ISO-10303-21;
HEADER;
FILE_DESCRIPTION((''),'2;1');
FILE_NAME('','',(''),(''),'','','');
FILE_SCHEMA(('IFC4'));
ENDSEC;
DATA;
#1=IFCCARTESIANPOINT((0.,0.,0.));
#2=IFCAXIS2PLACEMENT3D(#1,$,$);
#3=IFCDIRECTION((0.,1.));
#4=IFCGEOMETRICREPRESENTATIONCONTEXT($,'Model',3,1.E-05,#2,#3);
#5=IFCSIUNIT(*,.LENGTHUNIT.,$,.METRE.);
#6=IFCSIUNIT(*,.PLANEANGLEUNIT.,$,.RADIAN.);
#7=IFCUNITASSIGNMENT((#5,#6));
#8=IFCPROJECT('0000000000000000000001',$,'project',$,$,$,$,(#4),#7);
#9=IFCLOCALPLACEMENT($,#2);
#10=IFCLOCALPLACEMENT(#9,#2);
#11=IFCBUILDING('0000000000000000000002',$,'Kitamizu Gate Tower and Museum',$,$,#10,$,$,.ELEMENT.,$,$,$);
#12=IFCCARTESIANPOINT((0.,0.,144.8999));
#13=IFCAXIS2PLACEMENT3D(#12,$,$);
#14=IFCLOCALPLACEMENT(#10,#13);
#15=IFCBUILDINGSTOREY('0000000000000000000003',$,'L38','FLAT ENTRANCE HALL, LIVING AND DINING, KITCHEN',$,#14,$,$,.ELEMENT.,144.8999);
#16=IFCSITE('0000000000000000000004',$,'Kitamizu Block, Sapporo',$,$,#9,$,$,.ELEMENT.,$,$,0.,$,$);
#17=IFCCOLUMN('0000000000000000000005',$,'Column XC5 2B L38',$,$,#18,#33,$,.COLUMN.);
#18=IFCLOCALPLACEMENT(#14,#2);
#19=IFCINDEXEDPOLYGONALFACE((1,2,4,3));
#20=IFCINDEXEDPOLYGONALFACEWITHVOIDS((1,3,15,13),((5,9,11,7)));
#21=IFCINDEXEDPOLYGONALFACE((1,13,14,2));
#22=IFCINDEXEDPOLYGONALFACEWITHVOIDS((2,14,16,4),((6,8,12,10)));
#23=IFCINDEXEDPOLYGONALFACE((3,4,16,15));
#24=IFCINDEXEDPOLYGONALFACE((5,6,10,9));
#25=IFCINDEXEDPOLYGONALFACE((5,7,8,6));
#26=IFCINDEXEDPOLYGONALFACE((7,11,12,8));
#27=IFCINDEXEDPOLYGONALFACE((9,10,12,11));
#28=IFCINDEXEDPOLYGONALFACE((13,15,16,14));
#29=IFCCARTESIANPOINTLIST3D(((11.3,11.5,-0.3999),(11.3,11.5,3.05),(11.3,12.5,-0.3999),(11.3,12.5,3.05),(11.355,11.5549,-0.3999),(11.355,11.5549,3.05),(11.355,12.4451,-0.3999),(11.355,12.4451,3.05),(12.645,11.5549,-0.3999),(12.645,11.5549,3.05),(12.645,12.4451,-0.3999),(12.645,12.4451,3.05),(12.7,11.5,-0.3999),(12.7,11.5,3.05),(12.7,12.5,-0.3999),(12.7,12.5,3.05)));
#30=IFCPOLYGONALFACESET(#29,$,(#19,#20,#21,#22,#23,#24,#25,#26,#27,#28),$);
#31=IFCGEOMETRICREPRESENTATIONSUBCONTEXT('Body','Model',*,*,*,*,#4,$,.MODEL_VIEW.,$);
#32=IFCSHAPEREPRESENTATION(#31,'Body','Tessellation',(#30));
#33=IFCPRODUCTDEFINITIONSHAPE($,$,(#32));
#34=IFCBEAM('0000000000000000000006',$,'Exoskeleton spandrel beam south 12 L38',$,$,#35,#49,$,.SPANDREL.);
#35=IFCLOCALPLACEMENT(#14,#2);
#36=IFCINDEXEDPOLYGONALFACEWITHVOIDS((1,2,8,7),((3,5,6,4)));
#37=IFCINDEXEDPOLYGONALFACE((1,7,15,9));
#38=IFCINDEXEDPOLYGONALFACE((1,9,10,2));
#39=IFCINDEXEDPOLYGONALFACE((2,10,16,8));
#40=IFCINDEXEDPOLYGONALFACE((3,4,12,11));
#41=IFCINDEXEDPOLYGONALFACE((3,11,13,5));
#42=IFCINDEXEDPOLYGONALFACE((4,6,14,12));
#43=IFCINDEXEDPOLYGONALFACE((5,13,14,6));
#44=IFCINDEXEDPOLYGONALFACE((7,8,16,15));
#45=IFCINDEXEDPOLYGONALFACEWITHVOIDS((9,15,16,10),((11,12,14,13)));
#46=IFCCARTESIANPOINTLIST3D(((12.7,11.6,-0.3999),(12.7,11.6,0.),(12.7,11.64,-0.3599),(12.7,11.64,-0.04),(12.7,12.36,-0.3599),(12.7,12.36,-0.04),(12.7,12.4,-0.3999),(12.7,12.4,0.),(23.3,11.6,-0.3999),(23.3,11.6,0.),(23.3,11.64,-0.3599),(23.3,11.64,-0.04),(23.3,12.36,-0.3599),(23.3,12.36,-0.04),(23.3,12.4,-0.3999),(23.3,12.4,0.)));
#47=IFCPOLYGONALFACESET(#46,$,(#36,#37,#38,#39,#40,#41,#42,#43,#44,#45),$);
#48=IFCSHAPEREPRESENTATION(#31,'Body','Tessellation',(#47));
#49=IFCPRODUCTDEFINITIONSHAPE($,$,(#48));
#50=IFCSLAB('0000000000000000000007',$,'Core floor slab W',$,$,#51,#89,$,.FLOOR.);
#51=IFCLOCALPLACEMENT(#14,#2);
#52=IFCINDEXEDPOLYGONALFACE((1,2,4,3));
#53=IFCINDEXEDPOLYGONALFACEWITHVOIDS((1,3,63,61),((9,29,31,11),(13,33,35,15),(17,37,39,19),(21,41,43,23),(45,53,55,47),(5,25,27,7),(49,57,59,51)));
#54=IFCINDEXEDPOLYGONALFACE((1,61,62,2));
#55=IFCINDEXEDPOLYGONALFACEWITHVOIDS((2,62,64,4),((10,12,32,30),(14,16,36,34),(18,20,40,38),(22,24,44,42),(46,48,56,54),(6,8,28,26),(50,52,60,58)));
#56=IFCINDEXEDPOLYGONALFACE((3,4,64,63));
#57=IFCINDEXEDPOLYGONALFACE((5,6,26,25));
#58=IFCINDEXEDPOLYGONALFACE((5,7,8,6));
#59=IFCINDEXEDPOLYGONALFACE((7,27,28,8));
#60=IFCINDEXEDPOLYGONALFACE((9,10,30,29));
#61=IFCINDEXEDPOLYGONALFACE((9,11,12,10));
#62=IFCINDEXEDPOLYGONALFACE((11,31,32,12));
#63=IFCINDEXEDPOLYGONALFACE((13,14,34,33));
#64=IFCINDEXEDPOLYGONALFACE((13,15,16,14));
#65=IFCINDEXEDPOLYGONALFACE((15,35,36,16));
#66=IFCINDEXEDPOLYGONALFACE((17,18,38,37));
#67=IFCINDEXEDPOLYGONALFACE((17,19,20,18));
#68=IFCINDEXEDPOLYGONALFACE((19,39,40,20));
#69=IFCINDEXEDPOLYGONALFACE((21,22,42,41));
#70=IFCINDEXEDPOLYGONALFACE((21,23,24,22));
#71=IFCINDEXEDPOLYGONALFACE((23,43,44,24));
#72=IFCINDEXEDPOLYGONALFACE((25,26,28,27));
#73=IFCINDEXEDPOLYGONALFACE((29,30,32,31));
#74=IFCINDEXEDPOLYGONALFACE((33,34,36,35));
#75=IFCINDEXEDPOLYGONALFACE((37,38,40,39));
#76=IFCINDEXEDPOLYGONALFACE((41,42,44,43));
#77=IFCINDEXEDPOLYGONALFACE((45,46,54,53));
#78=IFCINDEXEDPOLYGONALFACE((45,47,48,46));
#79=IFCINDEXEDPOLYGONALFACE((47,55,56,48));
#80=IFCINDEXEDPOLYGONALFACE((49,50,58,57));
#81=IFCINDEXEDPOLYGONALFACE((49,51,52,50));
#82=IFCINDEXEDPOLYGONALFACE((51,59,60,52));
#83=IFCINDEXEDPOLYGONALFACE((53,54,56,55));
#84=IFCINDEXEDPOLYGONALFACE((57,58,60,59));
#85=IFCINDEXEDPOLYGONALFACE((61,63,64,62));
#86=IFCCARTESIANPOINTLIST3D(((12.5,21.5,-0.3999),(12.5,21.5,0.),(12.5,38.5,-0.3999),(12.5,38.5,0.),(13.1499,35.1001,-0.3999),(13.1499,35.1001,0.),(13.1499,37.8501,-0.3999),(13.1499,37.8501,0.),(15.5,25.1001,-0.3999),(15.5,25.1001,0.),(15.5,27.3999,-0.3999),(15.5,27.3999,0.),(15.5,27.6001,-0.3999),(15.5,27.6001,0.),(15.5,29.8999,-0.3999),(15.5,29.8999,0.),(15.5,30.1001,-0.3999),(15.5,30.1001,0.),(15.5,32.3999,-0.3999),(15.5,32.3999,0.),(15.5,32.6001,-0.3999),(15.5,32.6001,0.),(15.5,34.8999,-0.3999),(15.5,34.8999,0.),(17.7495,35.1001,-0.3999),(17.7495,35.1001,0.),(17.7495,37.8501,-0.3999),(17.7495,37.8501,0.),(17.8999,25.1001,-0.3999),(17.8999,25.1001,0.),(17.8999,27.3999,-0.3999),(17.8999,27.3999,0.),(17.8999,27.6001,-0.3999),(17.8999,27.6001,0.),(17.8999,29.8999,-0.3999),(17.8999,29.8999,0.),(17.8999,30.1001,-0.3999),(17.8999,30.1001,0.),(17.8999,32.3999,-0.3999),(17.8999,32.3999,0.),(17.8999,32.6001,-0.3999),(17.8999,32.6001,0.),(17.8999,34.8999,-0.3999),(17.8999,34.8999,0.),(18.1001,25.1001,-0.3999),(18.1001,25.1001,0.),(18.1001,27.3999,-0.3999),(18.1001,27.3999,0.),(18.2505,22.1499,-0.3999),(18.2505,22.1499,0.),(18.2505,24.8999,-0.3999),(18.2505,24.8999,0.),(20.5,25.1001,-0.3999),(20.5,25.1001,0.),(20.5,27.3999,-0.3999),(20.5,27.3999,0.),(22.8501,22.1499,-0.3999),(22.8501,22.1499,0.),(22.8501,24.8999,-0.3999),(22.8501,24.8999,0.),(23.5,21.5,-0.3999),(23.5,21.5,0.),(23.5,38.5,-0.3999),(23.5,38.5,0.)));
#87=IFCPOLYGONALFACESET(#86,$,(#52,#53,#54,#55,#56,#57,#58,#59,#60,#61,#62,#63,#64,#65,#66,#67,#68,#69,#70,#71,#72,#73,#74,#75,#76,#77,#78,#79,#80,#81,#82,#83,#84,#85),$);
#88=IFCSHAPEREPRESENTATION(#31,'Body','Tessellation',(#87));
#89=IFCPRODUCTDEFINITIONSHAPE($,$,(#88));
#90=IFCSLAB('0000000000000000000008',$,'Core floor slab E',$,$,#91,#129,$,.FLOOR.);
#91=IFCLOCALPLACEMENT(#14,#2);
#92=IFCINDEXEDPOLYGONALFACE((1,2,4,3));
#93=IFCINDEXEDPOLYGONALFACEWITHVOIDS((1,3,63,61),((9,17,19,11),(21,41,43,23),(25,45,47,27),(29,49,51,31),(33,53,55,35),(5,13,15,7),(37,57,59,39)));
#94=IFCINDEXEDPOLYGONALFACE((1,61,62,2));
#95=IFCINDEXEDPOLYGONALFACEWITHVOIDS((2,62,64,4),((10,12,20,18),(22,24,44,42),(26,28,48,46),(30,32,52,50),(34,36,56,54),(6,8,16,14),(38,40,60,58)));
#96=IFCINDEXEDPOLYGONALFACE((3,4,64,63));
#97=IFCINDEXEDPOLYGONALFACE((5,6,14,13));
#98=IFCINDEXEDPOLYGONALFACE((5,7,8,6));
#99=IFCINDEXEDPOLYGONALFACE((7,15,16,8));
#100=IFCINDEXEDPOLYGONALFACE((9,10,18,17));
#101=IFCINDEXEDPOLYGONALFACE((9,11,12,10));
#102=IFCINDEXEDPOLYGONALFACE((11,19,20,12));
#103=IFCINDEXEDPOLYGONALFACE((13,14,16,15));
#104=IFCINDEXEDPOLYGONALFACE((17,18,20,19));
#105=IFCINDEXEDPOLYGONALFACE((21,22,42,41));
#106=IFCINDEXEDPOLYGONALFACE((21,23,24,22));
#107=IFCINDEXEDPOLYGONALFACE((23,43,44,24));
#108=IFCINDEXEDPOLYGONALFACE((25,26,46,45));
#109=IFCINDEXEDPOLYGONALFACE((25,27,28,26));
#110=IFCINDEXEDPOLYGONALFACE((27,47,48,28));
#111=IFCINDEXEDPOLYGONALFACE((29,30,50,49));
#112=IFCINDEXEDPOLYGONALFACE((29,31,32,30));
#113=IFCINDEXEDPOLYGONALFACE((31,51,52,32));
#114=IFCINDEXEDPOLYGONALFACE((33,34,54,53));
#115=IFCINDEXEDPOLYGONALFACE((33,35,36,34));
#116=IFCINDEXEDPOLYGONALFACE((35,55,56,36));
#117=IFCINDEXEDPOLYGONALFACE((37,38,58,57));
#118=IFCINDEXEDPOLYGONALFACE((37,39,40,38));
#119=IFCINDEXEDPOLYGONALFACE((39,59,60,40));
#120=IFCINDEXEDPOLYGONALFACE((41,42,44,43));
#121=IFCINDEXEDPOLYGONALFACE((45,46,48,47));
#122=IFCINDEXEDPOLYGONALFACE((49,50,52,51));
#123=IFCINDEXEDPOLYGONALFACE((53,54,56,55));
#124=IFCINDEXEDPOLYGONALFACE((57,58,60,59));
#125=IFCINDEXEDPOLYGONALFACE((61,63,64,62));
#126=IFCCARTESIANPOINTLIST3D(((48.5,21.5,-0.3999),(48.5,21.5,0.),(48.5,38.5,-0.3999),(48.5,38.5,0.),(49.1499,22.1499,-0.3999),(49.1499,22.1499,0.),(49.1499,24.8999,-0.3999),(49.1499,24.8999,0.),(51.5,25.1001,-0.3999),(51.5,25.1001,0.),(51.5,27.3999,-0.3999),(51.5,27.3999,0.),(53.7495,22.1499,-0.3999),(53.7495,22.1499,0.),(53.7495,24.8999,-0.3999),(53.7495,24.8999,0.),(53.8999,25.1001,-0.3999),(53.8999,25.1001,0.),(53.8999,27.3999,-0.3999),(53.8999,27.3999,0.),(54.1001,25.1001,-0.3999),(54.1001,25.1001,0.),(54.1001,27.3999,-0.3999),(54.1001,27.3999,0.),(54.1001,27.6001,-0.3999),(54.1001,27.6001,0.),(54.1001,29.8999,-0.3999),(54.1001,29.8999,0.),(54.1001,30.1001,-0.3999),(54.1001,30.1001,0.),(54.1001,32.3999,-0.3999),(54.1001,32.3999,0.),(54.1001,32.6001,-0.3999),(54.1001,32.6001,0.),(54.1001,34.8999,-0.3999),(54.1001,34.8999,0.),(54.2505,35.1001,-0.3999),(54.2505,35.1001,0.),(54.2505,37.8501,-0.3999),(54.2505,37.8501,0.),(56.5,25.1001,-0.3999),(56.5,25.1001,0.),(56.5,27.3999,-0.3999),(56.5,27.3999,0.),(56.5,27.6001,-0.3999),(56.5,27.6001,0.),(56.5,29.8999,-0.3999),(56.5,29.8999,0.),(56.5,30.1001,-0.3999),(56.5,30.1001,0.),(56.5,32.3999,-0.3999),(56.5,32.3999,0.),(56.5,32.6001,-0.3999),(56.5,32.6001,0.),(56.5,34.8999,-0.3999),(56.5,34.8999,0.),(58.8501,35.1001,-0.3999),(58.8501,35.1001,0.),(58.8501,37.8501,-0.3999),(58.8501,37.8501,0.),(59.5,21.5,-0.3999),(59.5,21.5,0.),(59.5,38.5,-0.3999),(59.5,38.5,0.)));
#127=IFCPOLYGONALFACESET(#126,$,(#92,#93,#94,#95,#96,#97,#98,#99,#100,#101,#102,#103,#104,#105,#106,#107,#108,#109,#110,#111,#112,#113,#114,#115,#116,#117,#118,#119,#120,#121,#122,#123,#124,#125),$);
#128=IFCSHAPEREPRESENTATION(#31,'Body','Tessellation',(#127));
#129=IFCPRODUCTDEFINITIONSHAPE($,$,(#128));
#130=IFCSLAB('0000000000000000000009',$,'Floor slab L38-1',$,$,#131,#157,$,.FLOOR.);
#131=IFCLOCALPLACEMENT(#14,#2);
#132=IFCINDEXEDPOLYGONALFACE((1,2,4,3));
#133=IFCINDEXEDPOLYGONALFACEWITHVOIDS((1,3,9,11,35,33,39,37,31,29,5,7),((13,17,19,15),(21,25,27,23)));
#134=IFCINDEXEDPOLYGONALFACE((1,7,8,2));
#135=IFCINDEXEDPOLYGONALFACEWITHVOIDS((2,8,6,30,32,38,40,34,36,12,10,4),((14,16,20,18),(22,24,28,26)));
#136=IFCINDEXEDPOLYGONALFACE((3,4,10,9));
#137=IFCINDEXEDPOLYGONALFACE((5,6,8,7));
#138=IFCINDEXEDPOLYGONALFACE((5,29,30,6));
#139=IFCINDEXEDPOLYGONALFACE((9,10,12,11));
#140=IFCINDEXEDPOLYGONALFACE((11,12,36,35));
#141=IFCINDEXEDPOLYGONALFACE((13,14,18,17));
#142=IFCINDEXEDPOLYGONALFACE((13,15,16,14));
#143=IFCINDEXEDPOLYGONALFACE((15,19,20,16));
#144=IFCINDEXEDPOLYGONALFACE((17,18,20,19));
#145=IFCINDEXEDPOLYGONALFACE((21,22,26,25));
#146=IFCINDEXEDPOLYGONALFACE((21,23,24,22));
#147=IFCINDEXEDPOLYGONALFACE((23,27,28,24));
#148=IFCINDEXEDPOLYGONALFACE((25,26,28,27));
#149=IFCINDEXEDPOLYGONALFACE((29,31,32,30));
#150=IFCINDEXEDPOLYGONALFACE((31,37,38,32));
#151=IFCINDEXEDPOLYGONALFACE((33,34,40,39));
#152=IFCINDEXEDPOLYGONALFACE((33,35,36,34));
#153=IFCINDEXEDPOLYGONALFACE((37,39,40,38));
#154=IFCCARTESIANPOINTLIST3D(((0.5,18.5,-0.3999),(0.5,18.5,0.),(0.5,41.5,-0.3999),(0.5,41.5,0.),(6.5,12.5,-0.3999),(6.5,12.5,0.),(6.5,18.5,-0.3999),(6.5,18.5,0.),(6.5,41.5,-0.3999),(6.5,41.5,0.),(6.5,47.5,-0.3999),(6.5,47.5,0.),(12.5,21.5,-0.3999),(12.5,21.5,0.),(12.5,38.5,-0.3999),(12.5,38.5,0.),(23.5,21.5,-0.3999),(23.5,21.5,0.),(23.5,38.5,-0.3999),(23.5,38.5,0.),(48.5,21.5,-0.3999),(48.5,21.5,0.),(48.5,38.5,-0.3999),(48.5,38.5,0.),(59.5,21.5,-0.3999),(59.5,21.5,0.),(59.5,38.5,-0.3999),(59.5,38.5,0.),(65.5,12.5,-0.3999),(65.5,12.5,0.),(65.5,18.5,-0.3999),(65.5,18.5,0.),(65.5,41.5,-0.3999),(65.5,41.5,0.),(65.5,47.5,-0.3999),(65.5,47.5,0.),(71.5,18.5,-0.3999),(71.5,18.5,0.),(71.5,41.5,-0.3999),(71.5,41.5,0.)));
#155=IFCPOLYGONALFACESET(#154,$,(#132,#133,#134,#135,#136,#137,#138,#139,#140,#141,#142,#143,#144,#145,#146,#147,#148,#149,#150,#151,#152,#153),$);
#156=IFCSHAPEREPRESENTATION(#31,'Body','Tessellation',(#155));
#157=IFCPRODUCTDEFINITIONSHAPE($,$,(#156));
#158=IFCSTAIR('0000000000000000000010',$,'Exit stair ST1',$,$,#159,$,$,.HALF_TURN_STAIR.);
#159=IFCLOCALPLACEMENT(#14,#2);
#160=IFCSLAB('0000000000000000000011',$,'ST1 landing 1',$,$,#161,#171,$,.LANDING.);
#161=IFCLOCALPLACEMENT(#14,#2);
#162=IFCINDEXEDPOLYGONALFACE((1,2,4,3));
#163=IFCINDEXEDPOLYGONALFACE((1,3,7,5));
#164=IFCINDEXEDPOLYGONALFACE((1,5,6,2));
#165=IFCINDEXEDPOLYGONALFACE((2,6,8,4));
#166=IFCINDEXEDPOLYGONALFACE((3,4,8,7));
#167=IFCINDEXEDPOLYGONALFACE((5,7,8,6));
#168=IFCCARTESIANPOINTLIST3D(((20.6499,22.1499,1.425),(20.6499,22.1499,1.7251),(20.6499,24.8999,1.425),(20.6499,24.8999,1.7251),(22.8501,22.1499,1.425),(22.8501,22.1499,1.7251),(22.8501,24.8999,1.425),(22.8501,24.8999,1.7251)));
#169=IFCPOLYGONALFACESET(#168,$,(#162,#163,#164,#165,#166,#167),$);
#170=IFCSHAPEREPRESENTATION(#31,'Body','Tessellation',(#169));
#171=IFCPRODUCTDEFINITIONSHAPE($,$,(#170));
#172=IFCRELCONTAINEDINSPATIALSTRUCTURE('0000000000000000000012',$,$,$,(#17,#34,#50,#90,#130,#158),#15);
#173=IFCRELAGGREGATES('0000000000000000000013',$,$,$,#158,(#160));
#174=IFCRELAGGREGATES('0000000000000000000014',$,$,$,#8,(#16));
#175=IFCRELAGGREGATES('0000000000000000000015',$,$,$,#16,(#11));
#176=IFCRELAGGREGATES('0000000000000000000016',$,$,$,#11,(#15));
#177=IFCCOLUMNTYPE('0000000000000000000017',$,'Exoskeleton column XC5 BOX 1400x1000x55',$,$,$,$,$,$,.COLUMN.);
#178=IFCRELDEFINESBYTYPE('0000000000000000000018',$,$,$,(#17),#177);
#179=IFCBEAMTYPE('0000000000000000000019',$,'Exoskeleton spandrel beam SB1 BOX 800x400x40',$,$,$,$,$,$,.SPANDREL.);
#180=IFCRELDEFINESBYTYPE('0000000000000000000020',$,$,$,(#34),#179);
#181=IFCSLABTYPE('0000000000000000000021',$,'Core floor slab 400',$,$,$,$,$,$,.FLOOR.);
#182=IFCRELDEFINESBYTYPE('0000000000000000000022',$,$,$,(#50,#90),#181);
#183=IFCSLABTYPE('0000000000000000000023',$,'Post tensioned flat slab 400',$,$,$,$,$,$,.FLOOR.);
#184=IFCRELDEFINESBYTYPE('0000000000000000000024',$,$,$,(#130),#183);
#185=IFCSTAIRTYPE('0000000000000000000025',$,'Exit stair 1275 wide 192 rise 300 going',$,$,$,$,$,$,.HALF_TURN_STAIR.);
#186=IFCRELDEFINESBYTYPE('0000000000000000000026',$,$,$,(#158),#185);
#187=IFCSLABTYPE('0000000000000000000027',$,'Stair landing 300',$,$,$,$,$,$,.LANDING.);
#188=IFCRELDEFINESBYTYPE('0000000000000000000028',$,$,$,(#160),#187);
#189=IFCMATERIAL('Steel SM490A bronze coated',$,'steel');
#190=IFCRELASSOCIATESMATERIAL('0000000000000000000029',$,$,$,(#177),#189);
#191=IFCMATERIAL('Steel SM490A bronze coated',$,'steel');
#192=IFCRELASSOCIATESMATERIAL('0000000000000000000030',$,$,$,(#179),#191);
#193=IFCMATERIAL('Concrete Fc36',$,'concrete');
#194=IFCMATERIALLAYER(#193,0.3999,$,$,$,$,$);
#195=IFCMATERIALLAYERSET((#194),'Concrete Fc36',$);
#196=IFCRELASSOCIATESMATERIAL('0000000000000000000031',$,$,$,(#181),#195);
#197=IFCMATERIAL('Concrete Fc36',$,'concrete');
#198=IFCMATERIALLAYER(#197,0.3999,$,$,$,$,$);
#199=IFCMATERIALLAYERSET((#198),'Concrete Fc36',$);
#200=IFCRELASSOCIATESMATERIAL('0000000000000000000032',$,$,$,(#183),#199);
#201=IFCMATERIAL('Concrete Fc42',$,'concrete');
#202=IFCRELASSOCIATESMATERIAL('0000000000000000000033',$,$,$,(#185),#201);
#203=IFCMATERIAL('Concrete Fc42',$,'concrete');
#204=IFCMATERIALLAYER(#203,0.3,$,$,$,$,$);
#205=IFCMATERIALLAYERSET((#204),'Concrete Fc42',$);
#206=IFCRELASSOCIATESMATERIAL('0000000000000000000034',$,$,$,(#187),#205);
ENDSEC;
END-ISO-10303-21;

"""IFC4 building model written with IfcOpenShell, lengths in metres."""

from ifc_helpers import new_model, si_unit, direction, frame, origin, origin_2d, place, context, subcontext, project, spatial, polyline, hollow_rectangle, outline, extrude, material, layer, layer_set, material_profile, profile_set, type_object, element, aggregate, save


model = new_model("IFC4")

# Units and contexts
model_context = context("Model", 3, precision=1e-05, world=origin(), true_north=direction((0.0, 1.0)))
body_context = subcontext(model_context, "Body", "Model", "MODEL_VIEW")
ifc_project = project(units=[si_unit("LENGTHUNIT", "METRE"), si_unit("PLANEANGLEUNIT", "RADIAN")], contexts=[model_context])

# Site, building, storey
site_placement = place(None, origin())
site = spatial("IfcSite", under=ifc_project, at=site_placement, Name="Kitamizu Block, Sapporo", CompositionType="ELEMENT", RefElevation=0.0)
building_placement = place(site_placement, origin())
building = spatial("IfcBuilding", under=site, at=building_placement, Name="Kitamizu Gate Tower and Museum", CompositionType="ELEMENT")
storey_placement = place(building_placement, frame((0.0, 0.0, 144.8999)))
storey = spatial("IfcBuildingStorey", under=building, at=storey_placement, Name="L38", Description="FLAT ENTRANCE HALL, LIVING AND DINING, KITCHEN", CompositionType="ELEMENT", Elevation=144.8999)

# Column
ifc_material_1 = material(Name="Steel SM490A bronze coated", Category="steel")
ifc_material_profile_1 = material_profile(ifc_material_1, hollow_rectangle(XDim=1.3999, YDim=1.0, WallThickness=0.0549, at=origin_2d()), Name="BOX 1400x1000x55")
ifc_profile_set_1 = profile_set([ifc_material_profile_1], Name="Steel SM490A bronze coated")
column_type = type_object("IfcColumnType", Name="Exoskeleton column XC5 BOX 1400x1000x55", PredefinedType="COLUMN", material=ifc_profile_set_1)
column_placement = place(storey_placement, frame((12.0, 12.0, -0.3999), z_axis=(0.0, 0.0, 1.0), x_axis=(1.0, 0.0, 0.0)))
element("IfcColumn", 1, at=column_placement, inside=storey, type_object=column_type, Name="Column XC5 2B L38", PredefinedType="COLUMN", context=body_context, shape_type="SweptSolid", body=[
    extrude(hollow_rectangle(XDim=1.3999, YDim=1.0, WallThickness=0.0549, at=origin_2d()), origin(), (0.0, 0.0, 1.0), 3.45),
])

# Beam
ifc_material_2 = material(Name="Steel SM490A bronze coated", Category="steel")
ifc_material_profile_2 = material_profile(ifc_material_2, hollow_rectangle(XDim=0.8, YDim=0.3999, WallThickness=0.04, at=origin_2d()), Name="BOX 800x400x40")
ifc_profile_set_2 = profile_set([ifc_material_profile_2], Name="Steel SM490A bronze coated")
beam_type = type_object("IfcBeamType", Name="Exoskeleton spandrel beam SB1 BOX 800x400x40", PredefinedType="SPANDREL", material=ifc_profile_set_2)
beam_placement = place(storey_placement, frame((12.7, 12.0, -0.2), z_axis=(1.0, 0.0, 0.0), x_axis=(0.0, 1.0, 0.0)))
element("IfcBeam", 2, at=beam_placement, inside=storey, type_object=beam_type, Name="Exoskeleton spandrel beam south 12 L38", PredefinedType="SPANDREL", context=body_context, shape_type="SweptSolid", body=[
    extrude(hollow_rectangle(XDim=0.8, YDim=0.3999, WallThickness=0.04, at=origin_2d()), origin(), (0.0, 0.0, 1.0), 10.6001),
])

# Slabs
ifc_material_3 = material(Name="Concrete Fc36", Category="concrete")
ifc_layer_1 = layer(ifc_material_3, 0.3999)
ifc_layer_set_1 = layer_set([ifc_layer_1], Name="Concrete Fc36")
slab_type_1 = type_object("IfcSlabType", Name="Core floor slab 400", PredefinedType="FLOOR", material=ifc_layer_set_1)
slab_1_placement = place(storey_placement, frame((0.0, 0.0, -0.3999)))
element("IfcSlab", 3, at=slab_1_placement, inside=storey, type_object=slab_type_1, Name="Core floor slab W", PredefinedType="FLOOR", context=body_context, shape_type="SweptSolid", body=[
    extrude(outline(polyline([(12.5, 21.5), (23.5, 21.5), (23.5, 38.5), (12.5, 38.5), (12.5, 21.5)]), holes=[polyline([(15.5, 25.1001), (17.8999, 25.1001), (17.8999, 27.3999), (15.5, 27.3999), (15.5, 25.1001)]), polyline([(15.5, 27.6001), (17.8999, 27.6001), (17.8999, 29.8999), (15.5, 29.8999), (15.5, 27.6001)]), polyline([(15.5, 30.1001), (17.8999, 30.1001), (17.8999, 32.3999), (15.5, 32.3999), (15.5, 30.1001)]), polyline([(15.5, 32.6001), (17.8999, 32.6001), (17.8999, 34.8999), (15.5, 34.8999), (15.5, 32.6001)]), polyline([(18.1001, 25.1001), (20.5, 25.1001), (20.5, 27.3999), (18.1001, 27.3999), (18.1001, 25.1001)]), polyline([(18.2505, 22.1499), (22.8501, 22.1499), (22.8501, 24.8999), (18.2505, 24.8999), (18.2505, 22.1499)]), polyline([(13.1499, 35.1001), (17.7495, 35.1001), (17.7495, 37.8501), (13.1499, 37.8501), (13.1499, 35.1001)])]), origin(), (0.0, 0.0, 1.0), 0.3999),
])
slab_2_placement = place(storey_placement, frame((0.0, 0.0, -0.3999)))
element("IfcSlab", 4, at=slab_2_placement, inside=storey, type_object=slab_type_1, Name="Core floor slab E", PredefinedType="FLOOR", context=body_context, shape_type="SweptSolid", body=[
    extrude(outline(polyline([(48.5, 21.5), (59.5, 21.5), (59.5, 38.5), (48.5, 38.5), (48.5, 21.5)]), holes=[polyline([(54.1001, 25.1001), (56.5, 25.1001), (56.5, 27.3999), (54.1001, 27.3999), (54.1001, 25.1001)]), polyline([(54.1001, 27.6001), (56.5, 27.6001), (56.5, 29.8999), (54.1001, 29.8999), (54.1001, 27.6001)]), polyline([(54.1001, 30.1001), (56.5, 30.1001), (56.5, 32.3999), (54.1001, 32.3999), (54.1001, 30.1001)]), polyline([(54.1001, 32.6001), (56.5, 32.6001), (56.5, 34.8999), (54.1001, 34.8999), (54.1001, 32.6001)]), polyline([(51.5, 25.1001), (53.8999, 25.1001), (53.8999, 27.3999), (51.5, 27.3999), (51.5, 25.1001)]), polyline([(49.1499, 22.1499), (53.7495, 22.1499), (53.7495, 24.8999), (49.1499, 24.8999), (49.1499, 22.1499)]), polyline([(54.2505, 35.1001), (58.8501, 35.1001), (58.8501, 37.8501), (54.2505, 37.8501), (54.2505, 35.1001)])]), origin(), (0.0, 0.0, 1.0), 0.3999),
])
ifc_material_4 = material(Name="Concrete Fc36", Category="concrete")
ifc_layer_2 = layer(ifc_material_4, 0.3999)
ifc_layer_set_2 = layer_set([ifc_layer_2], Name="Concrete Fc36")
slab_type_2 = type_object("IfcSlabType", Name="Post tensioned flat slab 400", PredefinedType="FLOOR", material=ifc_layer_set_2)
slab_3_placement = place(storey_placement, frame((0.0, 0.0, -0.3999)))
element("IfcSlab", 5, at=slab_3_placement, inside=storey, type_object=slab_type_2, Name="Floor slab L38-1", PredefinedType="FLOOR", context=body_context, shape_type="SweptSolid", body=[
    extrude(outline(polyline([(0.5, 18.5), (0.5, 41.5), (6.5, 41.5), (6.5, 47.5), (65.5, 47.5), (65.5, 41.5), (71.5, 41.5), (71.5, 18.5), (65.5, 18.5), (65.5, 12.5), (6.5, 12.5), (6.5, 18.5), (0.5, 18.5)]), holes=[polyline([(59.5, 38.5), (48.5, 38.5), (48.5, 21.5), (59.5, 21.5), (59.5, 38.5)]), polyline([(12.5, 38.5), (12.5, 21.5), (23.5, 21.5), (23.5, 38.5), (12.5, 38.5)])]), origin(), (0.0, 0.0, 1.0), 0.3999),
])

# Stair, slab
ifc_material_5 = material(Name="Concrete Fc42", Category="concrete")
stair_type = type_object("IfcStairType", Name="Exit stair 1275 wide 192 rise 300 going", PredefinedType="HALF_TURN_STAIR", material=ifc_material_5)
stair_1_placement = place(storey_placement, origin())
stair_1 = element("IfcStair", 6, at=stair_1_placement, inside=storey, type_object=stair_type, Name="Exit stair ST1", PredefinedType="HALF_TURN_STAIR")
ifc_material_6 = material(Name="Concrete Fc42", Category="concrete")
ifc_layer_3 = layer(ifc_material_6, 0.3)
ifc_layer_set_3 = layer_set([ifc_layer_3], Name="Concrete Fc42")
slab_type_3 = type_object("IfcSlabType", Name="Stair landing 300", PredefinedType="LANDING", material=ifc_layer_set_3)
slab_4_placement = place(storey_placement, frame((0.0, 0.0, 1.425)))
slab_4 = element("IfcSlab", 7, at=slab_4_placement, type_object=slab_type_3, Name="ST1 landing 1", PredefinedType="LANDING", context=body_context, shape_type="SweptSolid", body=[
    extrude(outline(polyline([(20.6499, 22.1499), (22.8501, 22.1499), (22.8501, 24.8999), (20.6499, 24.8999), (20.6499, 22.1499)])), origin(), (0.0, 0.0, 1.0), 0.3),
])
aggregate(stair_1, [slab_4])

save(model, "model.ifc")
